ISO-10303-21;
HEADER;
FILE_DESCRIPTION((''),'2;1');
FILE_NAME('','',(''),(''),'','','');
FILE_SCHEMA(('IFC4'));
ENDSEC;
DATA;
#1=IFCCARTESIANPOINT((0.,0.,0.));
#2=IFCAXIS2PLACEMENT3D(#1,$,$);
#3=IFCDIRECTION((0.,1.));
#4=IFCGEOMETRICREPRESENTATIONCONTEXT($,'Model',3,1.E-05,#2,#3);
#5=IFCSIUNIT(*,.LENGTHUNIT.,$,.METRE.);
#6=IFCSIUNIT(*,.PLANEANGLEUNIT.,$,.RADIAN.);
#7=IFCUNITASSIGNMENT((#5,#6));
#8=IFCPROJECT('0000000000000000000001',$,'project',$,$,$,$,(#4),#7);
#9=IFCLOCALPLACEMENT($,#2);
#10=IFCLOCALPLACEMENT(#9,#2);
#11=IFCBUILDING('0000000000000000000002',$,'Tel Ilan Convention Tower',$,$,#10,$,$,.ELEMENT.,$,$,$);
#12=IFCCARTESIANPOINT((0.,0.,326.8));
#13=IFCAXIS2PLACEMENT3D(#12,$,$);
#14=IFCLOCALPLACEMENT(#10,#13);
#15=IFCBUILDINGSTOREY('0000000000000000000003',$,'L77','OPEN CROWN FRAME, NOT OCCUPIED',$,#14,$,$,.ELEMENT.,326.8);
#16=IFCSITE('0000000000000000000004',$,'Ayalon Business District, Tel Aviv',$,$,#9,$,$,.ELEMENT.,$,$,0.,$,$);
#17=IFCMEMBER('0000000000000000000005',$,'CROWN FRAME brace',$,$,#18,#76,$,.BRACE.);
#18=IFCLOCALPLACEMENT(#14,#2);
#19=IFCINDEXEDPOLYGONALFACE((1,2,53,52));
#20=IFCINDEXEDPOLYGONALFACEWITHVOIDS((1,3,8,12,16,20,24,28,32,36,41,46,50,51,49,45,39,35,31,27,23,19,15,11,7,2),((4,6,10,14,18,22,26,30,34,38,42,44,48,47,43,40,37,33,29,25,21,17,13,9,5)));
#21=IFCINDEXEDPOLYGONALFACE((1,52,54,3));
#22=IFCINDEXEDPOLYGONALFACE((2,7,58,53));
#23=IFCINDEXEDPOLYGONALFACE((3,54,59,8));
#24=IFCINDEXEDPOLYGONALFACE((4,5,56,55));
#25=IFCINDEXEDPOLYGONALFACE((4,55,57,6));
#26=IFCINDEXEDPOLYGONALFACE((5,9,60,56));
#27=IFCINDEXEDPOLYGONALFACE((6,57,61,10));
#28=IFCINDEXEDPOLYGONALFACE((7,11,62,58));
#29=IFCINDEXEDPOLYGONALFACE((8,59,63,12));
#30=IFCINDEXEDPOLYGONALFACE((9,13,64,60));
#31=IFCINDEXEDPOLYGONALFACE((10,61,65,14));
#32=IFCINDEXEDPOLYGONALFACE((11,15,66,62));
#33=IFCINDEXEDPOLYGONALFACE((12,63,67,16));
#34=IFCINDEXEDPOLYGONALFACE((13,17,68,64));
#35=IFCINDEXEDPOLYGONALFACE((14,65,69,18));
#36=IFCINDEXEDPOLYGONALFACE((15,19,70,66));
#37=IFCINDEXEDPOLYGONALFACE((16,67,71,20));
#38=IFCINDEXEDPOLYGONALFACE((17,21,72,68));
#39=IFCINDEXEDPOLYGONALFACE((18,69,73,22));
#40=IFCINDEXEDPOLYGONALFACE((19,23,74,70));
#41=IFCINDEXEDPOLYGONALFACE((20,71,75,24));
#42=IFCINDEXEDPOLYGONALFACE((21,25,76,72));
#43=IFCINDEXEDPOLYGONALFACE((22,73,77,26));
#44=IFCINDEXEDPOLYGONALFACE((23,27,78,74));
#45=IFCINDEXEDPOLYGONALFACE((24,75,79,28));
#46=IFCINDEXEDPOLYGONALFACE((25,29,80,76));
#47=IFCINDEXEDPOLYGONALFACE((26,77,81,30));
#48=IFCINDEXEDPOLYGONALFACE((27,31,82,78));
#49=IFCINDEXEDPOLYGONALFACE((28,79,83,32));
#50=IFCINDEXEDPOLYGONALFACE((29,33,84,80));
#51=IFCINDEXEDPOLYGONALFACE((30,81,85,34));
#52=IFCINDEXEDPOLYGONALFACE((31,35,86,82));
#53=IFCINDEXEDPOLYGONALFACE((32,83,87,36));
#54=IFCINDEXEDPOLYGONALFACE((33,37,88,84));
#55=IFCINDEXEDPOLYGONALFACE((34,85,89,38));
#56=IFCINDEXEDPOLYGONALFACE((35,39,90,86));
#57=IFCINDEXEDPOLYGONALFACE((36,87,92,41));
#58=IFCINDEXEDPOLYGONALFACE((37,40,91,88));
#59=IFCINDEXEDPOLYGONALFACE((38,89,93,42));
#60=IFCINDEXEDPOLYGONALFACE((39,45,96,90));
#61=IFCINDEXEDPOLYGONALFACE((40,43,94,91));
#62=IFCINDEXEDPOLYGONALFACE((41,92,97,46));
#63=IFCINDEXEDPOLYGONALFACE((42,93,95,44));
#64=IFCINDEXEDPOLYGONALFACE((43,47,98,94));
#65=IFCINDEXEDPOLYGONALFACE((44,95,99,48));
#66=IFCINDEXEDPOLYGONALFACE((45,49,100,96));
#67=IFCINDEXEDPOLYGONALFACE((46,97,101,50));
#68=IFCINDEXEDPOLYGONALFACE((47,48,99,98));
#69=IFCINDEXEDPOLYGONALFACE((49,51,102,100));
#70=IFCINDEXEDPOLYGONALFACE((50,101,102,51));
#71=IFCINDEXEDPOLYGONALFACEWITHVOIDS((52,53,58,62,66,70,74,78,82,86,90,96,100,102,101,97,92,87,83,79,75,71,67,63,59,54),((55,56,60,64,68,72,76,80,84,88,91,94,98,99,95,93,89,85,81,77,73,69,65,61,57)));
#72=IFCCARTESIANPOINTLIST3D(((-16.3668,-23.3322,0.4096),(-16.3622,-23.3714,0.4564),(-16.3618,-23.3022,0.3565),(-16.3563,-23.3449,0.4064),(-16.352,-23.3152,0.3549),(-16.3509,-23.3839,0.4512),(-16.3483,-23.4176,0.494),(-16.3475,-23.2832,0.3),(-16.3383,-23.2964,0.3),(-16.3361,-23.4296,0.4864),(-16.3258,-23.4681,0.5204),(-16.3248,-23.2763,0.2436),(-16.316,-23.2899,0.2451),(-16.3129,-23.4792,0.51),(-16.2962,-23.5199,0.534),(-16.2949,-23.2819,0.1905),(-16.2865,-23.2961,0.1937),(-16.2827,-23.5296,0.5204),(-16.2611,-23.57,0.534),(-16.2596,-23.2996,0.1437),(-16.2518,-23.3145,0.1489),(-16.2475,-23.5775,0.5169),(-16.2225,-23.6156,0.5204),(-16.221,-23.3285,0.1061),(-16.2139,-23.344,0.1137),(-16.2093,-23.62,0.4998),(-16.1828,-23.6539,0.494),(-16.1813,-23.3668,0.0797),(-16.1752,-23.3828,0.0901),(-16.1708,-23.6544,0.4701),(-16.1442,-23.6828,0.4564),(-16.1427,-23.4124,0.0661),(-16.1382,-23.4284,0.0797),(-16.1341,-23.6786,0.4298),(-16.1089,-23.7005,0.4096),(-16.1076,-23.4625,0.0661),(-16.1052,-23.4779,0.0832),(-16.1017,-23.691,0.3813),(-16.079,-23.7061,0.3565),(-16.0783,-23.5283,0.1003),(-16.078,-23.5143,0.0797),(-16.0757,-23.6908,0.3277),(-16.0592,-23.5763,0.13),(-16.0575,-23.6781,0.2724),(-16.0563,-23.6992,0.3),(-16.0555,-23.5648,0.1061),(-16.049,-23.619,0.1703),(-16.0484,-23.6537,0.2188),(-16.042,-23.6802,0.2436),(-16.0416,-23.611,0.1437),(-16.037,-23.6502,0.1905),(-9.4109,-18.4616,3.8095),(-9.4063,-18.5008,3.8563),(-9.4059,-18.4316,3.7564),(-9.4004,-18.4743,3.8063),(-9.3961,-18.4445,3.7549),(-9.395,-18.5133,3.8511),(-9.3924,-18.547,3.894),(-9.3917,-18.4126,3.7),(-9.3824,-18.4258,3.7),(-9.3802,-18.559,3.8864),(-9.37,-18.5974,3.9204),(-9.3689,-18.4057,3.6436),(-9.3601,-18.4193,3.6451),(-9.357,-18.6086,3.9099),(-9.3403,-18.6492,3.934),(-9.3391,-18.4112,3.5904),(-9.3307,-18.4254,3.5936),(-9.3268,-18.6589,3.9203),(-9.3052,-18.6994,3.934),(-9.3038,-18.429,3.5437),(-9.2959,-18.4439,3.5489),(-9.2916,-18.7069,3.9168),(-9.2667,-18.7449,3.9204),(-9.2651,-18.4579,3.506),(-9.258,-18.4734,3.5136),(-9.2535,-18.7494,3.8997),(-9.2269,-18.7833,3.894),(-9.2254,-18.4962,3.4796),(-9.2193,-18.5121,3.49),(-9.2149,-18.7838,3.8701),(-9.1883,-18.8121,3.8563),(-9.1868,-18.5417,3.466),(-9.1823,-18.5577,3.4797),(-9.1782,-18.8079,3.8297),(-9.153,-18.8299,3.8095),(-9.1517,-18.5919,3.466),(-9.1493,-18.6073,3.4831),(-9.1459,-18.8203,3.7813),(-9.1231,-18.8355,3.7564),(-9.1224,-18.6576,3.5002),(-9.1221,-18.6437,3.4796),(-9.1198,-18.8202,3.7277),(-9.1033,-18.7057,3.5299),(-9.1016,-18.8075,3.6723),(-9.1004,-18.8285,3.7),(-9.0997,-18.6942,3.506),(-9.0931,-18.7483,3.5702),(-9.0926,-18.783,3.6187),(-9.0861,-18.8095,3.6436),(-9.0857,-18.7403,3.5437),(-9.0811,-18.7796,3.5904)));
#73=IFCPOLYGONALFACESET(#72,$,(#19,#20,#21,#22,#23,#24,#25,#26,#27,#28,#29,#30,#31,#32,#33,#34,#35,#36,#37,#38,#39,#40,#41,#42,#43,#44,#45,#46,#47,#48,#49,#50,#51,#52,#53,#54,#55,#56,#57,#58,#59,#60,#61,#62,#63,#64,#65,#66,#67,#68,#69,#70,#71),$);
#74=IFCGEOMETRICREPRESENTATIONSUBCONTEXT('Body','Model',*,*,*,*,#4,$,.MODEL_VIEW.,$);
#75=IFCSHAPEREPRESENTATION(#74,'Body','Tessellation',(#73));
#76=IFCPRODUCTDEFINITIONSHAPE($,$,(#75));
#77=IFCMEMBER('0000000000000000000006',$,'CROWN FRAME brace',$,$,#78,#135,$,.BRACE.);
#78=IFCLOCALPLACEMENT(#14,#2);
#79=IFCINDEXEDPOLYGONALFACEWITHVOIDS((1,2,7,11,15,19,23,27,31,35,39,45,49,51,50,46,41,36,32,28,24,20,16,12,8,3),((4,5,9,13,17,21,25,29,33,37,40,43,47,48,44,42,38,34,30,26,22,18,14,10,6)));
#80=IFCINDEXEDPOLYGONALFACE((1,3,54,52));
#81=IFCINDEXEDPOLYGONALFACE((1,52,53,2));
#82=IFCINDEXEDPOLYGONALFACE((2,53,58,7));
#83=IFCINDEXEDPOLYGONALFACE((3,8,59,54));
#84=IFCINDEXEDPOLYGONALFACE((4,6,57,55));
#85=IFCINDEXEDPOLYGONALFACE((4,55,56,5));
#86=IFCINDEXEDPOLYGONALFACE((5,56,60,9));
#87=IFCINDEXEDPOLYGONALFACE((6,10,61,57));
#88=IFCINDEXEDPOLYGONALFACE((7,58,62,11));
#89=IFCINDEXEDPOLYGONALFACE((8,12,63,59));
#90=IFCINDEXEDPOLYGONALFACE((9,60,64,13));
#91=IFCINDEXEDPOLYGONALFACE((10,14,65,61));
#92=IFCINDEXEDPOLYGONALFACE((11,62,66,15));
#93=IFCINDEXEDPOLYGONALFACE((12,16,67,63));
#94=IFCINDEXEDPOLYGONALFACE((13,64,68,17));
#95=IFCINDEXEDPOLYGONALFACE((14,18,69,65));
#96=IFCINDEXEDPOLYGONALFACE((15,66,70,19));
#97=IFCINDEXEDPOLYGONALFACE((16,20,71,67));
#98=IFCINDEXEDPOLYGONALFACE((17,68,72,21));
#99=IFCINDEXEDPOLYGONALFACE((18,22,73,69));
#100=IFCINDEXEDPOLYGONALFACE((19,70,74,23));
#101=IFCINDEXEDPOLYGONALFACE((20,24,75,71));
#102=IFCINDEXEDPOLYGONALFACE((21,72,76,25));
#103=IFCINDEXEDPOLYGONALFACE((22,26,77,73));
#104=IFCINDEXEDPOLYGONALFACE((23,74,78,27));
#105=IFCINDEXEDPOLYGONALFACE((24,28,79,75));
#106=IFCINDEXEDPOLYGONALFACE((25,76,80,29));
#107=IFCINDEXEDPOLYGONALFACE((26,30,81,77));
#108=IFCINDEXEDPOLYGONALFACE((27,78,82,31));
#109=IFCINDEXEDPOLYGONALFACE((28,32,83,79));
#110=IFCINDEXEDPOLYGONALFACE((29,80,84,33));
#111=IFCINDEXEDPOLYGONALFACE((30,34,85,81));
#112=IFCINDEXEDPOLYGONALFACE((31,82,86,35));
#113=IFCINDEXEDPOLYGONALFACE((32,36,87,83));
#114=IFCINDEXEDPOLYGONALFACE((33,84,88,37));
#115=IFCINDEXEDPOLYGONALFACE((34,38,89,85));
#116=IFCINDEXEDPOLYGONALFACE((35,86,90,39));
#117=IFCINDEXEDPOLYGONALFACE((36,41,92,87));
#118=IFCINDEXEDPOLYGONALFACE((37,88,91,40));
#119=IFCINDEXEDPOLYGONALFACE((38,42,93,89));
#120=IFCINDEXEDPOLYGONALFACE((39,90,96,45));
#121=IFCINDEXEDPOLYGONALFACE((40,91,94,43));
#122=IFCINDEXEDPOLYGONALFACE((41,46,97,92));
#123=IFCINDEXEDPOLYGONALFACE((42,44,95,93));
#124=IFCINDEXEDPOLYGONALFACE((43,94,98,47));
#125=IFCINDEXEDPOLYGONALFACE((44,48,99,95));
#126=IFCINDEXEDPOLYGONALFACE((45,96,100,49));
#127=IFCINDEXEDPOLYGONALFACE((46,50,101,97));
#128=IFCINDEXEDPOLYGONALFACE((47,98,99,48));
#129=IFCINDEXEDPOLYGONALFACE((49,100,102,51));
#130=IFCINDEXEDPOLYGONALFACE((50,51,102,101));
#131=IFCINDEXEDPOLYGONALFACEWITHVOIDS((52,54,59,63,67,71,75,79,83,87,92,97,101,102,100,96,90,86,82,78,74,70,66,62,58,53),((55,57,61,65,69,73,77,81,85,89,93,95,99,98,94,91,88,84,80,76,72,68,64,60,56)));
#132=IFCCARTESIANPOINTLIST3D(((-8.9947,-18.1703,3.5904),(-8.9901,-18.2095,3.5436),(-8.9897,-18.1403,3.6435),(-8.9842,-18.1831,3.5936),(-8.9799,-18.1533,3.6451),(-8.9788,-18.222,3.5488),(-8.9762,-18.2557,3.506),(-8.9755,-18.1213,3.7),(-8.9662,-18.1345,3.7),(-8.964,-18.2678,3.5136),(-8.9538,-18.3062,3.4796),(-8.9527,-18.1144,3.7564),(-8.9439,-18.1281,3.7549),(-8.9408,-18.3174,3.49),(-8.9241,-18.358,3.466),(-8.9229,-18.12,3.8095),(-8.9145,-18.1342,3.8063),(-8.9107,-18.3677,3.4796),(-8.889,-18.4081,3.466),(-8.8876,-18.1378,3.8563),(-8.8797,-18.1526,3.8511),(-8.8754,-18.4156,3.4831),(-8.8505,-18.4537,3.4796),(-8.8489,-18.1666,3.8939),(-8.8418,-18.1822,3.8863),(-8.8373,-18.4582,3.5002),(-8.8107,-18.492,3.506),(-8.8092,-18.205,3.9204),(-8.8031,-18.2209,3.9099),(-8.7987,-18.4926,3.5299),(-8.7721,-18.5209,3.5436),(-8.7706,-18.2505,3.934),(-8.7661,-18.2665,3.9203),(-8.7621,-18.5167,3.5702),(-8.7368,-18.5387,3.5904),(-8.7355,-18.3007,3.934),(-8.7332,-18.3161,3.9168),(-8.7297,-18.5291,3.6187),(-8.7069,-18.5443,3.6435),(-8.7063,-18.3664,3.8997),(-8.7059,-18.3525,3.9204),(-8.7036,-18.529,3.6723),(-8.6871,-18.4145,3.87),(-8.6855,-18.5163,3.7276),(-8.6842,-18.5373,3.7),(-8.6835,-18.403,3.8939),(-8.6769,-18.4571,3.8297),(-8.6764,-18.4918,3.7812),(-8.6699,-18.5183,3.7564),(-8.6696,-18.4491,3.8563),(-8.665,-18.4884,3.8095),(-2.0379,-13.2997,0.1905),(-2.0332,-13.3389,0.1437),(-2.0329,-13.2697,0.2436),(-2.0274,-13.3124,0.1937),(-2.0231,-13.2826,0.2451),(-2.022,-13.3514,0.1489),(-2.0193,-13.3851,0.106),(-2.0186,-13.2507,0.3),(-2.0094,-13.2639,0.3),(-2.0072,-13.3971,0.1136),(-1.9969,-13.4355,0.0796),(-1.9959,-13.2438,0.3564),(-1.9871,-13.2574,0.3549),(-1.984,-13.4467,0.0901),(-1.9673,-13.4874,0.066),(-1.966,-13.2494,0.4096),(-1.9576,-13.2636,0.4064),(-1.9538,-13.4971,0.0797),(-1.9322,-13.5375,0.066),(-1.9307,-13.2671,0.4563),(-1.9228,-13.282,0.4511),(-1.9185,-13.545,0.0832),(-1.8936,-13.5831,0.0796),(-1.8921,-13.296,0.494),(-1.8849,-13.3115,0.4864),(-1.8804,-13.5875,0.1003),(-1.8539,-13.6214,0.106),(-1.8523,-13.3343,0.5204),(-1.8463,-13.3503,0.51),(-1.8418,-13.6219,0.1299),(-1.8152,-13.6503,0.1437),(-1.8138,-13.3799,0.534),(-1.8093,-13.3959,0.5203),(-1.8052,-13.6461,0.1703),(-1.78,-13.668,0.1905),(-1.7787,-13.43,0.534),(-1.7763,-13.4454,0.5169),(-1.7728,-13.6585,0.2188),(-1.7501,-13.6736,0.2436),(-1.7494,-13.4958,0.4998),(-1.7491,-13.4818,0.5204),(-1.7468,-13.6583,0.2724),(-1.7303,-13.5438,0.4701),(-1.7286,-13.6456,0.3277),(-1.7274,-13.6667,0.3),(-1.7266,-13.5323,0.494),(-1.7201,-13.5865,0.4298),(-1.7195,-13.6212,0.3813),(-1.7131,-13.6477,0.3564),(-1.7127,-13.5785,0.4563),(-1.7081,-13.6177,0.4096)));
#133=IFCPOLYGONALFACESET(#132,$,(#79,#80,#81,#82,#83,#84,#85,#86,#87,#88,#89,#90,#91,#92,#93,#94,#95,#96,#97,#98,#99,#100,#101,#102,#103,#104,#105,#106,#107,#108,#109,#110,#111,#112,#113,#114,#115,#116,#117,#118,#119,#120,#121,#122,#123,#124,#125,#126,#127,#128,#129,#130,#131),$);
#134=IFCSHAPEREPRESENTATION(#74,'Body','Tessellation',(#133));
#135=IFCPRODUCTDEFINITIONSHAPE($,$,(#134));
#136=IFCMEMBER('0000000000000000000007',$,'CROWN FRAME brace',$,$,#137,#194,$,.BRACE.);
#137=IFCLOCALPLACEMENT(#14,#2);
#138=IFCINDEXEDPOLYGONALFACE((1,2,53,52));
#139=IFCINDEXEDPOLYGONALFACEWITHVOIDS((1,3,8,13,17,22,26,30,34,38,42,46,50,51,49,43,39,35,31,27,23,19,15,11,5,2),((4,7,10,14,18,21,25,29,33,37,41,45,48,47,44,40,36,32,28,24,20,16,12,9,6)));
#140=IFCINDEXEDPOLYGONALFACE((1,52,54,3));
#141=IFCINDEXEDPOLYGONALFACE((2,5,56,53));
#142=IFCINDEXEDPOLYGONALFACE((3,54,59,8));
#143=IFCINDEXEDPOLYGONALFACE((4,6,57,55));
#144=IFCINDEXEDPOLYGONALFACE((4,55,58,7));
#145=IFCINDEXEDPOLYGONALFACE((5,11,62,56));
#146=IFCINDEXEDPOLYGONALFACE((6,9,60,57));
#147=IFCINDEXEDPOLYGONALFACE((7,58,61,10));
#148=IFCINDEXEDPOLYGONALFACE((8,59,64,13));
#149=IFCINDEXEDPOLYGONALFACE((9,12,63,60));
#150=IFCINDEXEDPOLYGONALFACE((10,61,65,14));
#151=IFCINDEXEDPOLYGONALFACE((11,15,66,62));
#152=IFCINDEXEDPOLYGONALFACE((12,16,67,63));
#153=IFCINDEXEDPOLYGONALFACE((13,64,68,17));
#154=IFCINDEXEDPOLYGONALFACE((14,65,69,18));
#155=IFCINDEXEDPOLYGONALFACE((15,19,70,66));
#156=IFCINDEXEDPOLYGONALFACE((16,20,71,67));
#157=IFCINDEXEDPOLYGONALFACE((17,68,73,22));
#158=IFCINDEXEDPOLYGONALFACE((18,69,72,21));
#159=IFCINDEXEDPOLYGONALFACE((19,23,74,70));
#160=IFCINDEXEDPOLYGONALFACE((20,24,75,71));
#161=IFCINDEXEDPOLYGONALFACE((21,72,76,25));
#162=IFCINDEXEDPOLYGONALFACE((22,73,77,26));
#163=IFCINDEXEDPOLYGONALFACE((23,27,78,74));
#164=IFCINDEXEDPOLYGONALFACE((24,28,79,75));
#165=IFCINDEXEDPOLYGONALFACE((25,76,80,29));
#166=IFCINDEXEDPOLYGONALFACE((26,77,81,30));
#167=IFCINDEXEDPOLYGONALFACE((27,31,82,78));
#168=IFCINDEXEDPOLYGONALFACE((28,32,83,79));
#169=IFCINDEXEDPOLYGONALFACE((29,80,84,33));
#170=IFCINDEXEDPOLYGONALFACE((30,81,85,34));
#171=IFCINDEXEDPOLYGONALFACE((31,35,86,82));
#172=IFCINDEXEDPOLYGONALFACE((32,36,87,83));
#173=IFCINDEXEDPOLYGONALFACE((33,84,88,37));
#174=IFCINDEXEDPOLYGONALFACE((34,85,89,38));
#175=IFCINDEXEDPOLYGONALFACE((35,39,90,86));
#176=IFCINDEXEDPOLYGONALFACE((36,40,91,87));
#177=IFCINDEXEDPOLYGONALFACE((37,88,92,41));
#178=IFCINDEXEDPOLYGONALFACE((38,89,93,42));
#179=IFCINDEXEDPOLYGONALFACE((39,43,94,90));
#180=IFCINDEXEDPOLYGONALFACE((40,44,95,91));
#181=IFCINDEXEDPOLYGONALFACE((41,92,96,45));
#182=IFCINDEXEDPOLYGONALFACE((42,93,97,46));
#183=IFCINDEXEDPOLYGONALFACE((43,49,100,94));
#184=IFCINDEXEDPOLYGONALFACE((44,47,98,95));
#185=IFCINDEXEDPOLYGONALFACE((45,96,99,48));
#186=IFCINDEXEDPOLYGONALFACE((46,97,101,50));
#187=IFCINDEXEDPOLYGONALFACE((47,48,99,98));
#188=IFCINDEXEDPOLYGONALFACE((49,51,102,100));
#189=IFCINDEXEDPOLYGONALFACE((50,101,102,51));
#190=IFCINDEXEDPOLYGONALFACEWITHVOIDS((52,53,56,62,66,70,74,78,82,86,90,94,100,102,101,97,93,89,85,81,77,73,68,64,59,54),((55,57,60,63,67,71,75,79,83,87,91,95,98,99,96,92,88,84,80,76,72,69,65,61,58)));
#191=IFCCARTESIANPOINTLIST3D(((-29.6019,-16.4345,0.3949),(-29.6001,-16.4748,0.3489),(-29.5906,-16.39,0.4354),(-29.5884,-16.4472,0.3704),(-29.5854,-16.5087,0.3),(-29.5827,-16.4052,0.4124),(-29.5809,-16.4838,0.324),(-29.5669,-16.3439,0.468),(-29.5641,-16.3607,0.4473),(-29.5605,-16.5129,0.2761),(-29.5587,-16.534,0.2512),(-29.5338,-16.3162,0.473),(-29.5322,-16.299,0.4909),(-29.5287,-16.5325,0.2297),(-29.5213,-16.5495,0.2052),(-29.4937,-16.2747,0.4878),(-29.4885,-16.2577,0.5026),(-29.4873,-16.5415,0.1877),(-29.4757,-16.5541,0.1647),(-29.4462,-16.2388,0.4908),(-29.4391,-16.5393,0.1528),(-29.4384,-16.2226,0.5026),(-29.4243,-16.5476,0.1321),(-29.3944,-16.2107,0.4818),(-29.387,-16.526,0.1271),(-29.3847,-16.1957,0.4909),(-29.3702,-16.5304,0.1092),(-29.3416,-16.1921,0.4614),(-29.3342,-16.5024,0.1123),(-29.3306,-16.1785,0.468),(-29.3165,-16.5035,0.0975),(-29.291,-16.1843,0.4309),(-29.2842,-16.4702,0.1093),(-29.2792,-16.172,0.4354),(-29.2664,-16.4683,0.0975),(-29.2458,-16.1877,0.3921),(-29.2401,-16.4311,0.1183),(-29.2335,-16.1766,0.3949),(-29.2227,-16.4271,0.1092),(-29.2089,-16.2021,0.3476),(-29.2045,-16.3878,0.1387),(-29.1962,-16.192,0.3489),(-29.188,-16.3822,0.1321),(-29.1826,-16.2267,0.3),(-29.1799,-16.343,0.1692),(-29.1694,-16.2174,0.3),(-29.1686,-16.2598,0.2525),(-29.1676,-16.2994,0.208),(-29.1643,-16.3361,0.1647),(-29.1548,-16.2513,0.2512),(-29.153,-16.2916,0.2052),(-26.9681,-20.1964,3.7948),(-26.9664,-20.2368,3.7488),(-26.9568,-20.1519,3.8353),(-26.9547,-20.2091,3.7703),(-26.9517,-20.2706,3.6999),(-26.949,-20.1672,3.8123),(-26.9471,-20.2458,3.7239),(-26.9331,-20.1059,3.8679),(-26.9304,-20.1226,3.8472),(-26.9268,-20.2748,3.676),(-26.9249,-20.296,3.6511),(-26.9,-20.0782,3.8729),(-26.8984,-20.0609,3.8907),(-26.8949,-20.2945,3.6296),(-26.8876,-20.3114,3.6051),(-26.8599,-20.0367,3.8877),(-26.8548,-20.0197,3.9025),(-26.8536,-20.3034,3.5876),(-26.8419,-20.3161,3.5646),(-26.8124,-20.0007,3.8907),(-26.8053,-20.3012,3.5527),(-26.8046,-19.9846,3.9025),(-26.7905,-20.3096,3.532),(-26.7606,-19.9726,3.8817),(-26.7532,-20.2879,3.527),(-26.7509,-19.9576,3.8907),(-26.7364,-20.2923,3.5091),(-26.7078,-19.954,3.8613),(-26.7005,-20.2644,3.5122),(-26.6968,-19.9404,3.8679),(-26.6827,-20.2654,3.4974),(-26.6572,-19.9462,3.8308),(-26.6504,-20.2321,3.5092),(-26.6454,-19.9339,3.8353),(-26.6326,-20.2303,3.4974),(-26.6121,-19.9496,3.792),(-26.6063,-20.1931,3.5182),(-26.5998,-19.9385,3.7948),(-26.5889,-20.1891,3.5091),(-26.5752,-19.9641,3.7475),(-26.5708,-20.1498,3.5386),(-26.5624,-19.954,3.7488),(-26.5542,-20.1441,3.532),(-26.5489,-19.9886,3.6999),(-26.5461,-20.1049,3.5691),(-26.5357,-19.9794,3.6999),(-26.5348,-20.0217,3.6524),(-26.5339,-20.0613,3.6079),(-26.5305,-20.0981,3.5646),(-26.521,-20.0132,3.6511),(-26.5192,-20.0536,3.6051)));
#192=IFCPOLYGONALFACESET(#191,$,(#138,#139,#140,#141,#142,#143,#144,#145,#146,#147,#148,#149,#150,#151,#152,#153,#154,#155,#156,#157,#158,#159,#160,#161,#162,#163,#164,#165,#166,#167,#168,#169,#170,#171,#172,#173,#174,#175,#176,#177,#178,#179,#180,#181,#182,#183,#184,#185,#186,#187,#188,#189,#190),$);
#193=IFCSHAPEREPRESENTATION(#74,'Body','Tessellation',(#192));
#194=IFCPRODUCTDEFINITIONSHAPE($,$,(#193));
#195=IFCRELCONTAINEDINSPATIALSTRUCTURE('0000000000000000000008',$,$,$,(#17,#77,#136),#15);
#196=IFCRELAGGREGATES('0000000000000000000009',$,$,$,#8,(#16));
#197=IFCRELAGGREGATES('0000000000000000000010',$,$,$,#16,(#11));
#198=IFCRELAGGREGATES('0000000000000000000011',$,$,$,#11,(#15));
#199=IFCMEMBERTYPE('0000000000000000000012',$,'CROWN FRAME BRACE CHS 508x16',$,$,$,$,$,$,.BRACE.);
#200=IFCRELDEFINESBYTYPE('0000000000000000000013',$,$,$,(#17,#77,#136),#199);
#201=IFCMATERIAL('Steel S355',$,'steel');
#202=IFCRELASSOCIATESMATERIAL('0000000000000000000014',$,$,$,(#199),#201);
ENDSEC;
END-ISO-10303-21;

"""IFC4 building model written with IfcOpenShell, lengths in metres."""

from ifc_helpers import new_model, si_unit, direction, frame, origin, origin_2d, place, context, subcontext, project, spatial, hollow_circle, extrude, material, material_profile, profile_set, type_object, element, save


model = new_model("IFC4")

# Units and contexts
model_context = context("Model", 3, precision=1e-05, world=origin(), true_north=direction((0.0, 1.0)))
body_context = subcontext(model_context, "Body", "Model", "MODEL_VIEW")
ifc_project = project(units=[si_unit("LENGTHUNIT", "METRE"), si_unit("PLANEANGLEUNIT", "RADIAN")], contexts=[model_context])

# Site, building, storey
site_placement = place(None, origin())
site = spatial("IfcSite", under=ifc_project, at=site_placement, Name="Ayalon Business District, Tel Aviv", CompositionType="ELEMENT", RefElevation=0.0)
building_placement = place(site_placement, origin())
building = spatial("IfcBuilding", under=site, at=building_placement, Name="Tel Ilan Convention Tower", CompositionType="ELEMENT")
storey_placement = place(building_placement, frame((0.0, 0.0, 326.8)))
storey = spatial("IfcBuildingStorey", under=building, at=storey_placement, Name="L77", Description="OPEN CROWN FRAME, NOT OCCUPIED", CompositionType="ELEMENT", Elevation=326.8)

# Members
ifc_material_1 = material(Name="Steel S355", Category="steel")
ifc_material_profile_1 = material_profile(ifc_material_1, hollow_circle(Radius=0.2539, WallThickness=0.0161, at=origin_2d()), Name="CHS 508x16")
ifc_profile_set_1 = profile_set([ifc_material_profile_1], Name="Steel S355")
member_type = type_object("IfcMemberType", Name="CROWN FRAME BRACE CHS 508x16", PredefinedType="BRACE", material=ifc_profile_set_1)
member_1_placement = place(storey_placement, frame((-16.2019, -23.4912, 0.3), z_axis=(0.760457, 0.532488, 0.371701), x_axis=(-0.573584, 0.819147, 0.0)))
element("IfcMember", 1, at=member_1_placement, inside=storey, type_object=member_type, Name="CROWN FRAME brace", PredefinedType="BRACE", context=body_context, shape_type="SweptSolid", body=[
    extrude(hollow_circle(Radius=0.2539, WallThickness=0.0161, at=origin_2d()), origin(), (0.0, 0.0, 1.0), 9.147),
])
member_2_placement = place(storey_placement, frame((-8.8298, -18.3293, 3.7), z_axis=(0.760502, 0.532445, -0.371671), x_axis=(-0.57353, 0.819185, 0.0)))
element("IfcMember", 2, at=member_2_placement, inside=storey, type_object=member_type, Name="CROWN FRAME brace", PredefinedType="BRACE", context=body_context, shape_type="SweptSolid", body=[
    extrude(hollow_circle(Radius=0.2539, WallThickness=0.0161, at=origin_2d()), origin(), (0.0, 0.0, 1.0), 9.1477),
])
member_3_placement = place(storey_placement, frame((-29.3774, -16.363, 0.3), z_axis=(0.460945, -0.658389, 0.595024), x_axis=(0.819189, 0.573523, 0.0)))
element("IfcMember", 3, at=member_3_placement, inside=storey, type_object=member_type, Name="CROWN FRAME brace", PredefinedType="BRACE", context=body_context, shape_type="SweptSolid", body=[
    extrude(hollow_circle(Radius=0.2539, WallThickness=0.0161, at=origin_2d()), origin(), (0.0, 0.0, 1.0), 5.7139),
])

save(model, "model.ifc")
